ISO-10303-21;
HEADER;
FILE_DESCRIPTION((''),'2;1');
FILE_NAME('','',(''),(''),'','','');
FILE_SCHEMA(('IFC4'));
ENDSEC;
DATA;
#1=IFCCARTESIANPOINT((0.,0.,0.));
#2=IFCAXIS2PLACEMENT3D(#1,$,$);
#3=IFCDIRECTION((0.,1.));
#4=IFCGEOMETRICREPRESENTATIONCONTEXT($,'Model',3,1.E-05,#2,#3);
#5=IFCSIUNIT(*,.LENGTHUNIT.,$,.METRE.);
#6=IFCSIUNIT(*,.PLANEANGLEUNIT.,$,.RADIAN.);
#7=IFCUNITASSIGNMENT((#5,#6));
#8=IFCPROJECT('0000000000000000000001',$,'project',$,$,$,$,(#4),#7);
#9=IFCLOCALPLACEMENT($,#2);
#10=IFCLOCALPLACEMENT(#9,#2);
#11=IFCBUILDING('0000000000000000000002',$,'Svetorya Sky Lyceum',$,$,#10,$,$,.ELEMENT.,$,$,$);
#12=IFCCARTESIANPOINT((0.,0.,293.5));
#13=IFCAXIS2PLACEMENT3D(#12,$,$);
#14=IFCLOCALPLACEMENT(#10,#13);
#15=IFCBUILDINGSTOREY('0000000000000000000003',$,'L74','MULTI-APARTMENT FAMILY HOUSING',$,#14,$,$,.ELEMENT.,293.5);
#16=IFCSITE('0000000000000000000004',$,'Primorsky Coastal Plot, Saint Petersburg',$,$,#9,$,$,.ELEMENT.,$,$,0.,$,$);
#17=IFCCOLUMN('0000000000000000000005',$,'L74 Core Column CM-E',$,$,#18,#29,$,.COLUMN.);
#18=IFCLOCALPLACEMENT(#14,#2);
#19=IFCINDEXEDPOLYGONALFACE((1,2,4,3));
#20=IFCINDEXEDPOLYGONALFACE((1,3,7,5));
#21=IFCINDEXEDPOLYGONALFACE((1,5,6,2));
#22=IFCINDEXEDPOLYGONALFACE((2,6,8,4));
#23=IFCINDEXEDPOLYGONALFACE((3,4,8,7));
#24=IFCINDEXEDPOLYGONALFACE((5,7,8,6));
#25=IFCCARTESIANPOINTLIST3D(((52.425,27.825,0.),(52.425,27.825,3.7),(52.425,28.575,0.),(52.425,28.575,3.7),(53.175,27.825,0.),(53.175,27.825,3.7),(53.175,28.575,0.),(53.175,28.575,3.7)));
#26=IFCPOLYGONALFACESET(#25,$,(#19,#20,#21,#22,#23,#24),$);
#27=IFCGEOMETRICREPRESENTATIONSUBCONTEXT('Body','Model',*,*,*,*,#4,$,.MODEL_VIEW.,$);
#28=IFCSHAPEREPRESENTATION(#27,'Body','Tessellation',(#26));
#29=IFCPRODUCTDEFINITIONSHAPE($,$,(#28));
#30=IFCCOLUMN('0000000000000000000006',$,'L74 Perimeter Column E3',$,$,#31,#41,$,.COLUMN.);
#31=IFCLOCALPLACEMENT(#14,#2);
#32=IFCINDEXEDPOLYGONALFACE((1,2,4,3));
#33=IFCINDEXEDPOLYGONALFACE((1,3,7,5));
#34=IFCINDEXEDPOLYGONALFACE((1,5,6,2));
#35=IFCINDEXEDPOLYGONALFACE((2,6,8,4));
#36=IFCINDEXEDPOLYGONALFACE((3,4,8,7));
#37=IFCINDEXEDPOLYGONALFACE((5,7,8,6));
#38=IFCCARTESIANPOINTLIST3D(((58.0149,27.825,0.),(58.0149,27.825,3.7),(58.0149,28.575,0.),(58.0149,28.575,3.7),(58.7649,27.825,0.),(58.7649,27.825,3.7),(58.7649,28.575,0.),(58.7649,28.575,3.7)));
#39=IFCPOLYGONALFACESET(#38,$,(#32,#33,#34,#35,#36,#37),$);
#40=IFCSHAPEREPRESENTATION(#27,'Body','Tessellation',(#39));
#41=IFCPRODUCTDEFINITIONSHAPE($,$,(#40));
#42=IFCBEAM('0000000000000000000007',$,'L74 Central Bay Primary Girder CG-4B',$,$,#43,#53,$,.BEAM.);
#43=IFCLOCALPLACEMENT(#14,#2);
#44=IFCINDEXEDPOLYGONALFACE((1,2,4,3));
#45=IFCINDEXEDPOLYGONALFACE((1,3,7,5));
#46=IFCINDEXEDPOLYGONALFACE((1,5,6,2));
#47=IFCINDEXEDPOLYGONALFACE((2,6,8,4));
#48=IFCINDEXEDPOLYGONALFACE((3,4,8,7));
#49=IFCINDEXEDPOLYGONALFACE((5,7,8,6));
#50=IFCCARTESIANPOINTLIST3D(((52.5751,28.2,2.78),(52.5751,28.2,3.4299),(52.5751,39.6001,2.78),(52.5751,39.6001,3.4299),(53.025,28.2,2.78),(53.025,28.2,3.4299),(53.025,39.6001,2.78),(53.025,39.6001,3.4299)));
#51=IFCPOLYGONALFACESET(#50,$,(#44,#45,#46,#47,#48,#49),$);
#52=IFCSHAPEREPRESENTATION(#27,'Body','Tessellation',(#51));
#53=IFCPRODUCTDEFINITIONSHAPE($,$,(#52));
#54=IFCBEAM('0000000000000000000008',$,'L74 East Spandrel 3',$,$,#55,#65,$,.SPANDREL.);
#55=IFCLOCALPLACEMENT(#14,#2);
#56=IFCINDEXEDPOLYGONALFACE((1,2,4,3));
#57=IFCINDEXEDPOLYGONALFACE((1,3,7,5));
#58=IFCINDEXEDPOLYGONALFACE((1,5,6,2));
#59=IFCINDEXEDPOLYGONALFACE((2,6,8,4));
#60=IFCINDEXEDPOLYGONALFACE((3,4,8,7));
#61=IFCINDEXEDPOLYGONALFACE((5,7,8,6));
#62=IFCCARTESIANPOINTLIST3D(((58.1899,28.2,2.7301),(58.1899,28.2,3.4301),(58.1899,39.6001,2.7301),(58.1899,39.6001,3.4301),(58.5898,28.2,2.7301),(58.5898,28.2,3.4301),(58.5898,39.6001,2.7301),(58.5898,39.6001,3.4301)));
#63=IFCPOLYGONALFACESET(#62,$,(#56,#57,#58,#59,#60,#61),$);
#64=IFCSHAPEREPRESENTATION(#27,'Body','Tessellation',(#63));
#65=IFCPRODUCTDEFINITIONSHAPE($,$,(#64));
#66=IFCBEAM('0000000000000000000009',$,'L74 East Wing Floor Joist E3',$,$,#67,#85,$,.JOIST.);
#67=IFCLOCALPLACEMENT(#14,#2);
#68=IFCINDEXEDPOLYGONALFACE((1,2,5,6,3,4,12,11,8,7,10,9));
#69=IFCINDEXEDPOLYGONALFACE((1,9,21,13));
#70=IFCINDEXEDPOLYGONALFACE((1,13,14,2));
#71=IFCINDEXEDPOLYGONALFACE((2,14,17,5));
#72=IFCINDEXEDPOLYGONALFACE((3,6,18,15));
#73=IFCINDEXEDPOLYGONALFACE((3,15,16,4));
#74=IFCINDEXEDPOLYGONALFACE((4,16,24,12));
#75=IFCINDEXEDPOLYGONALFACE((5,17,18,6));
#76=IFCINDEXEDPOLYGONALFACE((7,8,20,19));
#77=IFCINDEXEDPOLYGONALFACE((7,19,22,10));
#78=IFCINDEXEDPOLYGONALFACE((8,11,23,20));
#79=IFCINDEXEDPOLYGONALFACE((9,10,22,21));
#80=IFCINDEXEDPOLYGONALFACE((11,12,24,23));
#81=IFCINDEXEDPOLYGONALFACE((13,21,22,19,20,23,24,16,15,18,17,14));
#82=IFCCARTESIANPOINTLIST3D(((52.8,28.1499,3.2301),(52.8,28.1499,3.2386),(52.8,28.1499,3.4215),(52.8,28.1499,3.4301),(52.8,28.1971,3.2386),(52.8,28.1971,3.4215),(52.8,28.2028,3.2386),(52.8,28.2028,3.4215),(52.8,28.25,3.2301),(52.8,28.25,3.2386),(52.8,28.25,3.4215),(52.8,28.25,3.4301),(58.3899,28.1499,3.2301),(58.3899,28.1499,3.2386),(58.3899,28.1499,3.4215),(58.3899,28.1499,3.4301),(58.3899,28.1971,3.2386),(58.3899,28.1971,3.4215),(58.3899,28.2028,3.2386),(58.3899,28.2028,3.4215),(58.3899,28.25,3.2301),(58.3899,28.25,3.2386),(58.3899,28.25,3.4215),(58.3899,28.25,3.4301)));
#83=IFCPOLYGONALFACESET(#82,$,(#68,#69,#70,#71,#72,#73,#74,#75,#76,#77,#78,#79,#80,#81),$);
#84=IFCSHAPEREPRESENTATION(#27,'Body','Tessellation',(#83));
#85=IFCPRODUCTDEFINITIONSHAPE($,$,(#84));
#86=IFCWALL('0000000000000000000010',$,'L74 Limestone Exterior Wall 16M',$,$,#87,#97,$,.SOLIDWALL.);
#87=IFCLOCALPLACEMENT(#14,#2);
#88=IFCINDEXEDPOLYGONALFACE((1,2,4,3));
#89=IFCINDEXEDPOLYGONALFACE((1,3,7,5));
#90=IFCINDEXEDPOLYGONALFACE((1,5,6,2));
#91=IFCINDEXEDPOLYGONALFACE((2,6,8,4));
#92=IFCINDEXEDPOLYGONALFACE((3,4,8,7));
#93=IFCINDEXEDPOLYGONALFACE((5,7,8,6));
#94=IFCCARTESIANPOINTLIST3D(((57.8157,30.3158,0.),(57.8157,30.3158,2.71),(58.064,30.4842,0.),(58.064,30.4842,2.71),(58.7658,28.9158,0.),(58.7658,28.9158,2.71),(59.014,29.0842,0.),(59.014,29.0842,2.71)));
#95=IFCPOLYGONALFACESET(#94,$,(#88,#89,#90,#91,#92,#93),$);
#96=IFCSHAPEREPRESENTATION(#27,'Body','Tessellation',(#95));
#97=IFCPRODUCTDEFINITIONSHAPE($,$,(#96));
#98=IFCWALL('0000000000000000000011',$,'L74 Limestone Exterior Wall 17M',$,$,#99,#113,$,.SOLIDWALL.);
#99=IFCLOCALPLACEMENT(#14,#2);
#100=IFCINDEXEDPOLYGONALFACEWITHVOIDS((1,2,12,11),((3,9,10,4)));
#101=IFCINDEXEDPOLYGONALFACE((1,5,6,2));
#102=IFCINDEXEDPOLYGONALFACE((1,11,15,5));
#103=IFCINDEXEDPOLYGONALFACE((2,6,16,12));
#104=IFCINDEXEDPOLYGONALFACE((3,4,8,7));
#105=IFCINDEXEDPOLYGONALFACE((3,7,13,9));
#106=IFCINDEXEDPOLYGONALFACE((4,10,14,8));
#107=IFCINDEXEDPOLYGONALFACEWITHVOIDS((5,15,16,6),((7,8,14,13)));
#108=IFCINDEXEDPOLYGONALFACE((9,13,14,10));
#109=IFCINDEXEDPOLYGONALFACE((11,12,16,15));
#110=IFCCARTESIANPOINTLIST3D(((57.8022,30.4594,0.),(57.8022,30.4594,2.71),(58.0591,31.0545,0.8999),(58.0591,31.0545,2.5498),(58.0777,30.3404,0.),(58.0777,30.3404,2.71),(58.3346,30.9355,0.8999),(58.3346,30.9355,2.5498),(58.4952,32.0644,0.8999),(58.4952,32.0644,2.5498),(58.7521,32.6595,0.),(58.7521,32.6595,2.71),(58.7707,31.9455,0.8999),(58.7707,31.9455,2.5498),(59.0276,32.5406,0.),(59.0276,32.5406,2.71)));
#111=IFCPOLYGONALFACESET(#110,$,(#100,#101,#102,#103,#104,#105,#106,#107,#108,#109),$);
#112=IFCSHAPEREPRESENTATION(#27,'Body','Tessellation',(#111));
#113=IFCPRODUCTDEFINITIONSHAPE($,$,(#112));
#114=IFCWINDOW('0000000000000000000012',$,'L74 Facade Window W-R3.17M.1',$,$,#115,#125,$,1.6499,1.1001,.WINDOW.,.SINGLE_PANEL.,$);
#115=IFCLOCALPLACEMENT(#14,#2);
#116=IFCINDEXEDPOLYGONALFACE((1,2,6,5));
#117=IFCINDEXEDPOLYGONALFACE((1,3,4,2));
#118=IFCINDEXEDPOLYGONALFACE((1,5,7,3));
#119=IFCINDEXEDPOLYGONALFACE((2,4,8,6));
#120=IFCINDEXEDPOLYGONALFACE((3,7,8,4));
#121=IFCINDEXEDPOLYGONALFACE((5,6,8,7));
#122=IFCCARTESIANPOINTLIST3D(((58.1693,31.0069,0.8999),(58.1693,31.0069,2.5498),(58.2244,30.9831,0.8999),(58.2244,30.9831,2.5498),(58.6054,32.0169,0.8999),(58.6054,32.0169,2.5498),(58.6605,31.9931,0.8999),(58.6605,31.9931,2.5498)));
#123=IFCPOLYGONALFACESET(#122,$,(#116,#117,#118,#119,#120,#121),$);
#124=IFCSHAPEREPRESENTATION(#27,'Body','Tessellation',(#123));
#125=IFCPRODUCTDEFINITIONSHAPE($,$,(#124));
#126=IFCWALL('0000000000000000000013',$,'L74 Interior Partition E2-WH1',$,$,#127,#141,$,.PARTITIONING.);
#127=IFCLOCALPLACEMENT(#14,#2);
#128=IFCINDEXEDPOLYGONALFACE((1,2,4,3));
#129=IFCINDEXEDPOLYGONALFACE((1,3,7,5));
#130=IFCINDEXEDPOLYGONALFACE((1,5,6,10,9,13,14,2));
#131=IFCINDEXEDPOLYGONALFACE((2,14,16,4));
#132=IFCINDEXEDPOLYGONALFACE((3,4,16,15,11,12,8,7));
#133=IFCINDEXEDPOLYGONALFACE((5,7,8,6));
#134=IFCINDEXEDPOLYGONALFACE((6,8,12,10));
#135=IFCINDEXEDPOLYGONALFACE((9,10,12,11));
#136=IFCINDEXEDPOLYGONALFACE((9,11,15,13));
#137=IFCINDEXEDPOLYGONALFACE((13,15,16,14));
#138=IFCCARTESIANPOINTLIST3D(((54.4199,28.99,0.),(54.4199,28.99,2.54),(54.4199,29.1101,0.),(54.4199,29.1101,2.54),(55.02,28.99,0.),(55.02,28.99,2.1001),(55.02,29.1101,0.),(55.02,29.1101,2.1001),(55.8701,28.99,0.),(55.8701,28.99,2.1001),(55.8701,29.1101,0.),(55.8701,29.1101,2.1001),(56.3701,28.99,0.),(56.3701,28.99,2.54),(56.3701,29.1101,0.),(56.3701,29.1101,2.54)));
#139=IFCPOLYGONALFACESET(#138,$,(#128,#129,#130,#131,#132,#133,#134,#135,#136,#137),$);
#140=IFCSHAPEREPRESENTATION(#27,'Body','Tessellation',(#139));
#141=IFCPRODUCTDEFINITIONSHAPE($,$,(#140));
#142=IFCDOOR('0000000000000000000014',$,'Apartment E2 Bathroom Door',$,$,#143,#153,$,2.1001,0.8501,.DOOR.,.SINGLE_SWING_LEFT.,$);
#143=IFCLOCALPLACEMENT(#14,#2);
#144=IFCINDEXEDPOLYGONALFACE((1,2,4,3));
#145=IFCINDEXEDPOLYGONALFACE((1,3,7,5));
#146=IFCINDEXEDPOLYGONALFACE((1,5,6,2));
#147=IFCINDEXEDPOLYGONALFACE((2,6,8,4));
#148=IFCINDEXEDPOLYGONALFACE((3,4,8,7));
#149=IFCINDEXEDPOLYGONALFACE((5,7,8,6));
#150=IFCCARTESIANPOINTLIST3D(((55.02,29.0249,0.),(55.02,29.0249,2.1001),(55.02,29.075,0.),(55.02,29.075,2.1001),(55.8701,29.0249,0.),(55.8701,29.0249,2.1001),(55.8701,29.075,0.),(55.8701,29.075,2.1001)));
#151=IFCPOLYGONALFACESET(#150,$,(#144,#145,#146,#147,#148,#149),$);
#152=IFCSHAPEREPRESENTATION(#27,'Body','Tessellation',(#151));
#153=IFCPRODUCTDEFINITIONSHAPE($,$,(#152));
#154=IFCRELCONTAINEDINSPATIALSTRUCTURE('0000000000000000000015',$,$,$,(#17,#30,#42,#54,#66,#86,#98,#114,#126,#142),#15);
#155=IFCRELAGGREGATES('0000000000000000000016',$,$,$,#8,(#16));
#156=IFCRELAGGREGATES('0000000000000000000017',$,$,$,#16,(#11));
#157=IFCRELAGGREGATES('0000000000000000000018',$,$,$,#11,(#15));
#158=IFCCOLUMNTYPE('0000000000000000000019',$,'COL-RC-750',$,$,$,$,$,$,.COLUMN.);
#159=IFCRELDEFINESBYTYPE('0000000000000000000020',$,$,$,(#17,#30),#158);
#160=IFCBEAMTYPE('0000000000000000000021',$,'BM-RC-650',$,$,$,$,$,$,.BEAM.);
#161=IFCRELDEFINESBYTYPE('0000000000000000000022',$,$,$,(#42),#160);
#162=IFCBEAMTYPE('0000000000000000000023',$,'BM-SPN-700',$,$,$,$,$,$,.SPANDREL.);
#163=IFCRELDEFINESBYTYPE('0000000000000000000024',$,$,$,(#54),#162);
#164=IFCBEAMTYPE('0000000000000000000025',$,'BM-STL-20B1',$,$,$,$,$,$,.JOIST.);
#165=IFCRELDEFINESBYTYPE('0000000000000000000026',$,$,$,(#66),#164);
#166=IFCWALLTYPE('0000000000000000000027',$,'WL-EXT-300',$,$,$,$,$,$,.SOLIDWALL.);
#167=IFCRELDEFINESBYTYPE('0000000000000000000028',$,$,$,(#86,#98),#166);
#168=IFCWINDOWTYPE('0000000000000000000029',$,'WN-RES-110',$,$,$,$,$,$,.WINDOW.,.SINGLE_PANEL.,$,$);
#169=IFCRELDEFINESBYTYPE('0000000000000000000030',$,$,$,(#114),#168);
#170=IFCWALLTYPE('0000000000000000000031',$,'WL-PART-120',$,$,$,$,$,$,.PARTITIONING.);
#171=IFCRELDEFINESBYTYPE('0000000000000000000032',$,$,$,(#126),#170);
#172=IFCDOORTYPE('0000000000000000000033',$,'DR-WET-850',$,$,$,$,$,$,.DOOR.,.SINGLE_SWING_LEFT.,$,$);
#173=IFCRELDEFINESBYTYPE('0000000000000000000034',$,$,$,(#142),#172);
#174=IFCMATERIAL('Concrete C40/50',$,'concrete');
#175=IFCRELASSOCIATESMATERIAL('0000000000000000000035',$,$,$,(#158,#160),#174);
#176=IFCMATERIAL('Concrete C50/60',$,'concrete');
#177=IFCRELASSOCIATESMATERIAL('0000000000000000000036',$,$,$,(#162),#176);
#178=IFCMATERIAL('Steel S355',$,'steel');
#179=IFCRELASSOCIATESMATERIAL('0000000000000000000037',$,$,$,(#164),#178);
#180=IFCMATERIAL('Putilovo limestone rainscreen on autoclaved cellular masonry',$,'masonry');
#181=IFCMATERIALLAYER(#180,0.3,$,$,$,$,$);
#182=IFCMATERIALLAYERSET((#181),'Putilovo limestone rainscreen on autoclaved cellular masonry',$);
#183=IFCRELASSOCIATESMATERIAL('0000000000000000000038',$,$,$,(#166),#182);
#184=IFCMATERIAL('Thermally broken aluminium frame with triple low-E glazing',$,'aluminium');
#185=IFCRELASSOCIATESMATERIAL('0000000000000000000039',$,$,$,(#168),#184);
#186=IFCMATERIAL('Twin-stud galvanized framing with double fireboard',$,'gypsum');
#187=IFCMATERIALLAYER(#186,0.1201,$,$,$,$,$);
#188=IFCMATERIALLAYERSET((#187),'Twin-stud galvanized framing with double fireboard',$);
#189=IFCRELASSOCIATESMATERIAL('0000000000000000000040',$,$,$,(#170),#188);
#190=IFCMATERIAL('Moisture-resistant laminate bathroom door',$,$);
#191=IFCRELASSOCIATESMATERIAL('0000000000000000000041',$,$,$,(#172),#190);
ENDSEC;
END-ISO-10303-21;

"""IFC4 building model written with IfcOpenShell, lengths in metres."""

from ifc_helpers import new_model, si_unit, direction, frame, frame_2d, origin, origin_2d, place, context, subcontext, project, spatial, rectangle, i_section, extrude, material, layer, layer_set, material_profile, profile_set, type_object, element, fill, save


model = new_model("IFC4")

# Units and contexts
model_context = context("Model", 3, precision=1e-05, world=origin(), true_north=direction((0.0, 1.0)))
body_context = subcontext(model_context, "Body", "Model", "MODEL_VIEW")
ifc_project = project(units=[si_unit("LENGTHUNIT", "METRE"), si_unit("PLANEANGLEUNIT", "RADIAN")], contexts=[model_context])

# Site, building, storey
site_placement = place(None, origin())
site = spatial("IfcSite", under=ifc_project, at=site_placement, Name="Primorsky Coastal Plot, Saint Petersburg", CompositionType="ELEMENT", RefElevation=0.0)
building_placement = place(site_placement, origin())
building = spatial("IfcBuilding", under=site, at=building_placement, Name="Svetorya Sky Lyceum", CompositionType="ELEMENT")
storey_placement = place(building_placement, frame((0.0, 0.0, 293.5)))
storey = spatial("IfcBuildingStorey", under=building, at=storey_placement, Name="L74", Description="MULTI-APARTMENT FAMILY HOUSING", CompositionType="ELEMENT", Elevation=293.5)

# Columns
ifc_material_1 = material(Name="Concrete C40/50", Category="concrete")
ifc_material_profile_1 = material_profile(ifc_material_1, rectangle(XDim=0.75, YDim=0.75, at=origin_2d()), Name="RC COL 750x750")
ifc_profile_set_1 = profile_set([ifc_material_profile_1], Name="Concrete C40/50")
column_type = type_object("IfcColumnType", Name="COL-RC-750", PredefinedType="COLUMN", material=ifc_profile_set_1)
for number, where, z_axis, x_axis, name in (
    (1, (52.8, 28.2, 0.0), (0.0, 0.0, 1.0), (1.0, 0.0, 0.0), "L74 Core Column CM-E"),
    (2, (58.3899, 28.2, 0.0), (0.0, 0.0, 1.0), (1.0, 0.0, 0.0), "L74 Perimeter Column E3"),
):
    element("IfcColumn", number, at=place(storey_placement, frame(where, z_axis=z_axis, x_axis=x_axis)), inside=storey, type_object=column_type, Name=name, PredefinedType="COLUMN", context=body_context, shape_type="SweptSolid", body=[
        extrude(rectangle(XDim=0.75, YDim=0.75, at=origin_2d()), origin(), (0.0, 0.0, 1.0), 3.7),
    ])

# Beams
ifc_material_profile_2 = material_profile(ifc_material_1, rectangle(XDim=0.45, YDim=0.6499, at=origin_2d()), Name="RC BEAM 450x650")
ifc_profile_set_2 = profile_set([ifc_material_profile_2], Name="Concrete C40/50")
beam_type_1 = type_object("IfcBeamType", Name="BM-RC-650", PredefinedType="BEAM", material=ifc_profile_set_2)
beam_1_placement = place(storey_placement, frame((52.8, 28.2, 3.105), z_axis=(0.0, 1.0, 0.0), x_axis=(-1.0, 0.0, 0.0)))
element("IfcBeam", 3, at=beam_1_placement, inside=storey, type_object=beam_type_1, Name="L74 Central Bay Primary Girder CG-4B", PredefinedType="BEAM", context=body_context, shape_type="SweptSolid", body=[
    extrude(rectangle(XDim=0.45, YDim=0.6499, at=origin_2d()), origin(), (0.0, 0.0, 1.0), 11.4001),
])
ifc_material_2 = material(Name="Concrete C50/60", Category="concrete")
ifc_material_profile_3 = material_profile(ifc_material_2, rectangle(XDim=0.3999, YDim=0.7, at=origin_2d()), Name="RC SPANDREL 400x700")
ifc_profile_set_3 = profile_set([ifc_material_profile_3], Name="Concrete C50/60")
beam_type_2 = type_object("IfcBeamType", Name="BM-SPN-700", PredefinedType="SPANDREL", material=ifc_profile_set_3)
beam_2_placement = place(storey_placement, frame((58.3899, 28.2, 3.0801), z_axis=(0.0, 1.0, 0.0), x_axis=(-1.0, 0.0, 0.0)))
element("IfcBeam", 4, at=beam_2_placement, inside=storey, type_object=beam_type_2, Name="L74 East Spandrel 3", PredefinedType="SPANDREL", context=body_context, shape_type="SweptSolid", body=[
    extrude(rectangle(XDim=0.3999, YDim=0.7, at=origin_2d()), origin(), (0.0, 0.0, 1.0), 11.4001),
])
ifc_material_3 = material(Name="Steel S355", Category="steel")
ifc_material_profile_4 = material_profile(ifc_material_3, i_section(OverallWidth=0.1001, OverallDepth=0.2, WebThickness=0.0056, FlangeThickness=0.0085, at=origin_2d()), Name="GOST 20B1")
ifc_profile_set_4 = profile_set([ifc_material_profile_4], Name="Steel S355")
beam_type_3 = type_object("IfcBeamType", Name="BM-STL-20B1", PredefinedType="JOIST", material=ifc_profile_set_4)
beam_3_placement = place(storey_placement, frame((52.8, 28.2, 3.3301), z_axis=(1.0, 0.0, 0.0), x_axis=(0.0, 1.0, 0.0)))
element("IfcBeam", 5, at=beam_3_placement, inside=storey, type_object=beam_type_3, Name="L74 East Wing Floor Joist E3", PredefinedType="JOIST", context=body_context, shape_type="SweptSolid", body=[
    extrude(i_section(OverallWidth=0.1001, OverallDepth=0.2, WebThickness=0.0056, FlangeThickness=0.0085, at=origin_2d()), origin(), (0.0, 0.0, 1.0), 5.5898),
])

# Wall
ifc_material_4 = material(Name="Putilovo limestone rainscreen on autoclaved cellular masonry", Category="masonry")
ifc_layer_1 = layer(ifc_material_4, 0.3)
ifc_layer_set_1 = layer_set([ifc_layer_1], Name="Putilovo limestone rainscreen on autoclaved cellular masonry")
wall_type_1 = type_object("IfcWallType", Name="WL-EXT-300", PredefinedType="SOLIDWALL", material=ifc_layer_set_1)
wall_1_placement = place(storey_placement, frame((58.8899, 29.0, 0.0), z_axis=(0.0, 0.0, 1.0), x_axis=(-0.561508, 0.827471, 0.0)))
element("IfcWall", 6, at=wall_1_placement, inside=storey, type_object=wall_type_1, Name="L74 Limestone Exterior Wall 16M", PredefinedType="SOLIDWALL", context=body_context, shape_type="SweptSolid", body=[
    extrude(rectangle(XDim=1.6919, YDim=0.3, at=frame_2d((0.8459, 0.0))), origin(), (0.0, 0.0, 1.0), 2.71),
])

# Wall, opening, window
wall_2_placement = place(storey_placement, frame((57.9399, 30.3999, 0.0), z_axis=(0.0, 0.0, 1.0), x_axis=(0.396389, 0.918083, 0.0)))
wall_2 = element("IfcWall", 7, at=wall_2_placement, inside=storey, type_object=wall_type_1, Name="L74 Limestone Exterior Wall 17M", PredefinedType="SOLIDWALL", context=body_context, shape_type="SweptSolid", body=[
    extrude(rectangle(XDim=2.3965, YDim=0.3, at=frame_2d((1.1982, 0.0))), origin(), (0.0, 0.0, 1.0), 2.71),
])
opening_1_placement = place(wall_2_placement, frame((0.6482, 0.0, 0.8999)))
opening_1 = element("IfcOpeningElement", 8, at=opening_1_placement, cuts=wall_2, PredefinedType="OPENING", context=body_context, shape_type="SweptSolid", body=[
    extrude(rectangle(XDim=1.1001, YDim=1.6499, at=frame_2d((0.55, 0.825))), frame((0.0, 0.1599, 0.0), z_axis=(0.0, -1.0, 0.0), x_axis=(1.0, 0.0, 0.0)), (0.0, 0.0, 1.0), 0.3201),
])
ifc_material_5 = material(Name="Thermally broken aluminium frame with triple low-E glazing", Category="aluminium")
window_type = type_object("IfcWindowType", Name="WN-RES-110", PartitioningType="SINGLE_PANEL", PredefinedType="WINDOW", material=ifc_material_5)
window_placement = place(opening_1_placement, origin())
window = element("IfcWindow", 9, at=window_placement, inside=storey, type_object=window_type, Name="L74 Facade Window W-R3.17M.1", OverallHeight=1.6499, OverallWidth=1.1001, PartitioningType="SINGLE_PANEL", PredefinedType="WINDOW", context=body_context, shape_type="SweptSolid", body=[
    extrude(rectangle(XDim=1.1001, YDim=1.6499, at=frame_2d((0.55, 0.825))), frame((0.0, 0.03, 0.0), z_axis=(0.0, -1.0, 0.0), x_axis=(1.0, 0.0, 0.0)), (0.0, 0.0, 1.0), 0.0601),
])
fill(opening_1, window)

# Wall, opening, door
ifc_material_6 = material(Name="Twin-stud galvanized framing with double fireboard", Category="gypsum")
ifc_layer_2 = layer(ifc_material_6, 0.1201)
ifc_layer_set_2 = layer_set([ifc_layer_2], Name="Twin-stud galvanized framing with double fireboard")
wall_type_2 = type_object("IfcWallType", Name="WL-PART-120", PredefinedType="PARTITIONING", material=ifc_layer_set_2)
wall_3_placement = place(storey_placement, frame((54.4199, 29.05, 0.0), z_axis=(0.0, 0.0, 1.0), x_axis=(1.0, 0.0, 0.0)))
wall_3 = element("IfcWall", 10, at=wall_3_placement, inside=storey, type_object=wall_type_2, Name="L74 Interior Partition E2-WH1", PredefinedType="PARTITIONING", context=body_context, shape_type="SweptSolid", body=[
    extrude(rectangle(XDim=1.9502, YDim=0.1201, at=frame_2d((0.9751, 0.0))), origin(), (0.0, 0.0, 1.0), 2.54),
])
opening_2_placement = place(wall_3_placement, frame((0.6001, 0.0, 0.0)))
opening_2 = element("IfcOpeningElement", 11, at=opening_2_placement, cuts=wall_3, PredefinedType="OPENING", context=body_context, shape_type="SweptSolid", body=[
    extrude(rectangle(XDim=0.8501, YDim=2.1001, at=frame_2d((0.425, 1.05))), frame((0.0, 0.0701, 0.0), z_axis=(0.0, -1.0, 0.0), x_axis=(1.0, 0.0, 0.0)), (0.0, 0.0, 1.0), 0.1401),
])
ifc_material_7 = material(Name="Moisture-resistant laminate bathroom door")
door_type = type_object("IfcDoorType", Name="DR-WET-850", OperationType="SINGLE_SWING_LEFT", PredefinedType="DOOR", material=ifc_material_7)
door_placement = place(opening_2_placement, origin())
door = element("IfcDoor", 12, at=door_placement, inside=storey, type_object=door_type, Name="Apartment E2 Bathroom Door", OperationType="SINGLE_SWING_LEFT", OverallHeight=2.1001, OverallWidth=0.8501, PredefinedType="DOOR", context=body_context, shape_type="SweptSolid", body=[
    extrude(rectangle(XDim=0.8501, YDim=2.1001, at=frame_2d((0.425, 1.05))), frame((0.0, 0.0249, 0.0), z_axis=(0.0, -1.0, 0.0), x_axis=(1.0, 0.0, 0.0)), (0.0, 0.0, 1.0), 0.05),
])
fill(opening_2, door)

save(model, "model.ifc")
